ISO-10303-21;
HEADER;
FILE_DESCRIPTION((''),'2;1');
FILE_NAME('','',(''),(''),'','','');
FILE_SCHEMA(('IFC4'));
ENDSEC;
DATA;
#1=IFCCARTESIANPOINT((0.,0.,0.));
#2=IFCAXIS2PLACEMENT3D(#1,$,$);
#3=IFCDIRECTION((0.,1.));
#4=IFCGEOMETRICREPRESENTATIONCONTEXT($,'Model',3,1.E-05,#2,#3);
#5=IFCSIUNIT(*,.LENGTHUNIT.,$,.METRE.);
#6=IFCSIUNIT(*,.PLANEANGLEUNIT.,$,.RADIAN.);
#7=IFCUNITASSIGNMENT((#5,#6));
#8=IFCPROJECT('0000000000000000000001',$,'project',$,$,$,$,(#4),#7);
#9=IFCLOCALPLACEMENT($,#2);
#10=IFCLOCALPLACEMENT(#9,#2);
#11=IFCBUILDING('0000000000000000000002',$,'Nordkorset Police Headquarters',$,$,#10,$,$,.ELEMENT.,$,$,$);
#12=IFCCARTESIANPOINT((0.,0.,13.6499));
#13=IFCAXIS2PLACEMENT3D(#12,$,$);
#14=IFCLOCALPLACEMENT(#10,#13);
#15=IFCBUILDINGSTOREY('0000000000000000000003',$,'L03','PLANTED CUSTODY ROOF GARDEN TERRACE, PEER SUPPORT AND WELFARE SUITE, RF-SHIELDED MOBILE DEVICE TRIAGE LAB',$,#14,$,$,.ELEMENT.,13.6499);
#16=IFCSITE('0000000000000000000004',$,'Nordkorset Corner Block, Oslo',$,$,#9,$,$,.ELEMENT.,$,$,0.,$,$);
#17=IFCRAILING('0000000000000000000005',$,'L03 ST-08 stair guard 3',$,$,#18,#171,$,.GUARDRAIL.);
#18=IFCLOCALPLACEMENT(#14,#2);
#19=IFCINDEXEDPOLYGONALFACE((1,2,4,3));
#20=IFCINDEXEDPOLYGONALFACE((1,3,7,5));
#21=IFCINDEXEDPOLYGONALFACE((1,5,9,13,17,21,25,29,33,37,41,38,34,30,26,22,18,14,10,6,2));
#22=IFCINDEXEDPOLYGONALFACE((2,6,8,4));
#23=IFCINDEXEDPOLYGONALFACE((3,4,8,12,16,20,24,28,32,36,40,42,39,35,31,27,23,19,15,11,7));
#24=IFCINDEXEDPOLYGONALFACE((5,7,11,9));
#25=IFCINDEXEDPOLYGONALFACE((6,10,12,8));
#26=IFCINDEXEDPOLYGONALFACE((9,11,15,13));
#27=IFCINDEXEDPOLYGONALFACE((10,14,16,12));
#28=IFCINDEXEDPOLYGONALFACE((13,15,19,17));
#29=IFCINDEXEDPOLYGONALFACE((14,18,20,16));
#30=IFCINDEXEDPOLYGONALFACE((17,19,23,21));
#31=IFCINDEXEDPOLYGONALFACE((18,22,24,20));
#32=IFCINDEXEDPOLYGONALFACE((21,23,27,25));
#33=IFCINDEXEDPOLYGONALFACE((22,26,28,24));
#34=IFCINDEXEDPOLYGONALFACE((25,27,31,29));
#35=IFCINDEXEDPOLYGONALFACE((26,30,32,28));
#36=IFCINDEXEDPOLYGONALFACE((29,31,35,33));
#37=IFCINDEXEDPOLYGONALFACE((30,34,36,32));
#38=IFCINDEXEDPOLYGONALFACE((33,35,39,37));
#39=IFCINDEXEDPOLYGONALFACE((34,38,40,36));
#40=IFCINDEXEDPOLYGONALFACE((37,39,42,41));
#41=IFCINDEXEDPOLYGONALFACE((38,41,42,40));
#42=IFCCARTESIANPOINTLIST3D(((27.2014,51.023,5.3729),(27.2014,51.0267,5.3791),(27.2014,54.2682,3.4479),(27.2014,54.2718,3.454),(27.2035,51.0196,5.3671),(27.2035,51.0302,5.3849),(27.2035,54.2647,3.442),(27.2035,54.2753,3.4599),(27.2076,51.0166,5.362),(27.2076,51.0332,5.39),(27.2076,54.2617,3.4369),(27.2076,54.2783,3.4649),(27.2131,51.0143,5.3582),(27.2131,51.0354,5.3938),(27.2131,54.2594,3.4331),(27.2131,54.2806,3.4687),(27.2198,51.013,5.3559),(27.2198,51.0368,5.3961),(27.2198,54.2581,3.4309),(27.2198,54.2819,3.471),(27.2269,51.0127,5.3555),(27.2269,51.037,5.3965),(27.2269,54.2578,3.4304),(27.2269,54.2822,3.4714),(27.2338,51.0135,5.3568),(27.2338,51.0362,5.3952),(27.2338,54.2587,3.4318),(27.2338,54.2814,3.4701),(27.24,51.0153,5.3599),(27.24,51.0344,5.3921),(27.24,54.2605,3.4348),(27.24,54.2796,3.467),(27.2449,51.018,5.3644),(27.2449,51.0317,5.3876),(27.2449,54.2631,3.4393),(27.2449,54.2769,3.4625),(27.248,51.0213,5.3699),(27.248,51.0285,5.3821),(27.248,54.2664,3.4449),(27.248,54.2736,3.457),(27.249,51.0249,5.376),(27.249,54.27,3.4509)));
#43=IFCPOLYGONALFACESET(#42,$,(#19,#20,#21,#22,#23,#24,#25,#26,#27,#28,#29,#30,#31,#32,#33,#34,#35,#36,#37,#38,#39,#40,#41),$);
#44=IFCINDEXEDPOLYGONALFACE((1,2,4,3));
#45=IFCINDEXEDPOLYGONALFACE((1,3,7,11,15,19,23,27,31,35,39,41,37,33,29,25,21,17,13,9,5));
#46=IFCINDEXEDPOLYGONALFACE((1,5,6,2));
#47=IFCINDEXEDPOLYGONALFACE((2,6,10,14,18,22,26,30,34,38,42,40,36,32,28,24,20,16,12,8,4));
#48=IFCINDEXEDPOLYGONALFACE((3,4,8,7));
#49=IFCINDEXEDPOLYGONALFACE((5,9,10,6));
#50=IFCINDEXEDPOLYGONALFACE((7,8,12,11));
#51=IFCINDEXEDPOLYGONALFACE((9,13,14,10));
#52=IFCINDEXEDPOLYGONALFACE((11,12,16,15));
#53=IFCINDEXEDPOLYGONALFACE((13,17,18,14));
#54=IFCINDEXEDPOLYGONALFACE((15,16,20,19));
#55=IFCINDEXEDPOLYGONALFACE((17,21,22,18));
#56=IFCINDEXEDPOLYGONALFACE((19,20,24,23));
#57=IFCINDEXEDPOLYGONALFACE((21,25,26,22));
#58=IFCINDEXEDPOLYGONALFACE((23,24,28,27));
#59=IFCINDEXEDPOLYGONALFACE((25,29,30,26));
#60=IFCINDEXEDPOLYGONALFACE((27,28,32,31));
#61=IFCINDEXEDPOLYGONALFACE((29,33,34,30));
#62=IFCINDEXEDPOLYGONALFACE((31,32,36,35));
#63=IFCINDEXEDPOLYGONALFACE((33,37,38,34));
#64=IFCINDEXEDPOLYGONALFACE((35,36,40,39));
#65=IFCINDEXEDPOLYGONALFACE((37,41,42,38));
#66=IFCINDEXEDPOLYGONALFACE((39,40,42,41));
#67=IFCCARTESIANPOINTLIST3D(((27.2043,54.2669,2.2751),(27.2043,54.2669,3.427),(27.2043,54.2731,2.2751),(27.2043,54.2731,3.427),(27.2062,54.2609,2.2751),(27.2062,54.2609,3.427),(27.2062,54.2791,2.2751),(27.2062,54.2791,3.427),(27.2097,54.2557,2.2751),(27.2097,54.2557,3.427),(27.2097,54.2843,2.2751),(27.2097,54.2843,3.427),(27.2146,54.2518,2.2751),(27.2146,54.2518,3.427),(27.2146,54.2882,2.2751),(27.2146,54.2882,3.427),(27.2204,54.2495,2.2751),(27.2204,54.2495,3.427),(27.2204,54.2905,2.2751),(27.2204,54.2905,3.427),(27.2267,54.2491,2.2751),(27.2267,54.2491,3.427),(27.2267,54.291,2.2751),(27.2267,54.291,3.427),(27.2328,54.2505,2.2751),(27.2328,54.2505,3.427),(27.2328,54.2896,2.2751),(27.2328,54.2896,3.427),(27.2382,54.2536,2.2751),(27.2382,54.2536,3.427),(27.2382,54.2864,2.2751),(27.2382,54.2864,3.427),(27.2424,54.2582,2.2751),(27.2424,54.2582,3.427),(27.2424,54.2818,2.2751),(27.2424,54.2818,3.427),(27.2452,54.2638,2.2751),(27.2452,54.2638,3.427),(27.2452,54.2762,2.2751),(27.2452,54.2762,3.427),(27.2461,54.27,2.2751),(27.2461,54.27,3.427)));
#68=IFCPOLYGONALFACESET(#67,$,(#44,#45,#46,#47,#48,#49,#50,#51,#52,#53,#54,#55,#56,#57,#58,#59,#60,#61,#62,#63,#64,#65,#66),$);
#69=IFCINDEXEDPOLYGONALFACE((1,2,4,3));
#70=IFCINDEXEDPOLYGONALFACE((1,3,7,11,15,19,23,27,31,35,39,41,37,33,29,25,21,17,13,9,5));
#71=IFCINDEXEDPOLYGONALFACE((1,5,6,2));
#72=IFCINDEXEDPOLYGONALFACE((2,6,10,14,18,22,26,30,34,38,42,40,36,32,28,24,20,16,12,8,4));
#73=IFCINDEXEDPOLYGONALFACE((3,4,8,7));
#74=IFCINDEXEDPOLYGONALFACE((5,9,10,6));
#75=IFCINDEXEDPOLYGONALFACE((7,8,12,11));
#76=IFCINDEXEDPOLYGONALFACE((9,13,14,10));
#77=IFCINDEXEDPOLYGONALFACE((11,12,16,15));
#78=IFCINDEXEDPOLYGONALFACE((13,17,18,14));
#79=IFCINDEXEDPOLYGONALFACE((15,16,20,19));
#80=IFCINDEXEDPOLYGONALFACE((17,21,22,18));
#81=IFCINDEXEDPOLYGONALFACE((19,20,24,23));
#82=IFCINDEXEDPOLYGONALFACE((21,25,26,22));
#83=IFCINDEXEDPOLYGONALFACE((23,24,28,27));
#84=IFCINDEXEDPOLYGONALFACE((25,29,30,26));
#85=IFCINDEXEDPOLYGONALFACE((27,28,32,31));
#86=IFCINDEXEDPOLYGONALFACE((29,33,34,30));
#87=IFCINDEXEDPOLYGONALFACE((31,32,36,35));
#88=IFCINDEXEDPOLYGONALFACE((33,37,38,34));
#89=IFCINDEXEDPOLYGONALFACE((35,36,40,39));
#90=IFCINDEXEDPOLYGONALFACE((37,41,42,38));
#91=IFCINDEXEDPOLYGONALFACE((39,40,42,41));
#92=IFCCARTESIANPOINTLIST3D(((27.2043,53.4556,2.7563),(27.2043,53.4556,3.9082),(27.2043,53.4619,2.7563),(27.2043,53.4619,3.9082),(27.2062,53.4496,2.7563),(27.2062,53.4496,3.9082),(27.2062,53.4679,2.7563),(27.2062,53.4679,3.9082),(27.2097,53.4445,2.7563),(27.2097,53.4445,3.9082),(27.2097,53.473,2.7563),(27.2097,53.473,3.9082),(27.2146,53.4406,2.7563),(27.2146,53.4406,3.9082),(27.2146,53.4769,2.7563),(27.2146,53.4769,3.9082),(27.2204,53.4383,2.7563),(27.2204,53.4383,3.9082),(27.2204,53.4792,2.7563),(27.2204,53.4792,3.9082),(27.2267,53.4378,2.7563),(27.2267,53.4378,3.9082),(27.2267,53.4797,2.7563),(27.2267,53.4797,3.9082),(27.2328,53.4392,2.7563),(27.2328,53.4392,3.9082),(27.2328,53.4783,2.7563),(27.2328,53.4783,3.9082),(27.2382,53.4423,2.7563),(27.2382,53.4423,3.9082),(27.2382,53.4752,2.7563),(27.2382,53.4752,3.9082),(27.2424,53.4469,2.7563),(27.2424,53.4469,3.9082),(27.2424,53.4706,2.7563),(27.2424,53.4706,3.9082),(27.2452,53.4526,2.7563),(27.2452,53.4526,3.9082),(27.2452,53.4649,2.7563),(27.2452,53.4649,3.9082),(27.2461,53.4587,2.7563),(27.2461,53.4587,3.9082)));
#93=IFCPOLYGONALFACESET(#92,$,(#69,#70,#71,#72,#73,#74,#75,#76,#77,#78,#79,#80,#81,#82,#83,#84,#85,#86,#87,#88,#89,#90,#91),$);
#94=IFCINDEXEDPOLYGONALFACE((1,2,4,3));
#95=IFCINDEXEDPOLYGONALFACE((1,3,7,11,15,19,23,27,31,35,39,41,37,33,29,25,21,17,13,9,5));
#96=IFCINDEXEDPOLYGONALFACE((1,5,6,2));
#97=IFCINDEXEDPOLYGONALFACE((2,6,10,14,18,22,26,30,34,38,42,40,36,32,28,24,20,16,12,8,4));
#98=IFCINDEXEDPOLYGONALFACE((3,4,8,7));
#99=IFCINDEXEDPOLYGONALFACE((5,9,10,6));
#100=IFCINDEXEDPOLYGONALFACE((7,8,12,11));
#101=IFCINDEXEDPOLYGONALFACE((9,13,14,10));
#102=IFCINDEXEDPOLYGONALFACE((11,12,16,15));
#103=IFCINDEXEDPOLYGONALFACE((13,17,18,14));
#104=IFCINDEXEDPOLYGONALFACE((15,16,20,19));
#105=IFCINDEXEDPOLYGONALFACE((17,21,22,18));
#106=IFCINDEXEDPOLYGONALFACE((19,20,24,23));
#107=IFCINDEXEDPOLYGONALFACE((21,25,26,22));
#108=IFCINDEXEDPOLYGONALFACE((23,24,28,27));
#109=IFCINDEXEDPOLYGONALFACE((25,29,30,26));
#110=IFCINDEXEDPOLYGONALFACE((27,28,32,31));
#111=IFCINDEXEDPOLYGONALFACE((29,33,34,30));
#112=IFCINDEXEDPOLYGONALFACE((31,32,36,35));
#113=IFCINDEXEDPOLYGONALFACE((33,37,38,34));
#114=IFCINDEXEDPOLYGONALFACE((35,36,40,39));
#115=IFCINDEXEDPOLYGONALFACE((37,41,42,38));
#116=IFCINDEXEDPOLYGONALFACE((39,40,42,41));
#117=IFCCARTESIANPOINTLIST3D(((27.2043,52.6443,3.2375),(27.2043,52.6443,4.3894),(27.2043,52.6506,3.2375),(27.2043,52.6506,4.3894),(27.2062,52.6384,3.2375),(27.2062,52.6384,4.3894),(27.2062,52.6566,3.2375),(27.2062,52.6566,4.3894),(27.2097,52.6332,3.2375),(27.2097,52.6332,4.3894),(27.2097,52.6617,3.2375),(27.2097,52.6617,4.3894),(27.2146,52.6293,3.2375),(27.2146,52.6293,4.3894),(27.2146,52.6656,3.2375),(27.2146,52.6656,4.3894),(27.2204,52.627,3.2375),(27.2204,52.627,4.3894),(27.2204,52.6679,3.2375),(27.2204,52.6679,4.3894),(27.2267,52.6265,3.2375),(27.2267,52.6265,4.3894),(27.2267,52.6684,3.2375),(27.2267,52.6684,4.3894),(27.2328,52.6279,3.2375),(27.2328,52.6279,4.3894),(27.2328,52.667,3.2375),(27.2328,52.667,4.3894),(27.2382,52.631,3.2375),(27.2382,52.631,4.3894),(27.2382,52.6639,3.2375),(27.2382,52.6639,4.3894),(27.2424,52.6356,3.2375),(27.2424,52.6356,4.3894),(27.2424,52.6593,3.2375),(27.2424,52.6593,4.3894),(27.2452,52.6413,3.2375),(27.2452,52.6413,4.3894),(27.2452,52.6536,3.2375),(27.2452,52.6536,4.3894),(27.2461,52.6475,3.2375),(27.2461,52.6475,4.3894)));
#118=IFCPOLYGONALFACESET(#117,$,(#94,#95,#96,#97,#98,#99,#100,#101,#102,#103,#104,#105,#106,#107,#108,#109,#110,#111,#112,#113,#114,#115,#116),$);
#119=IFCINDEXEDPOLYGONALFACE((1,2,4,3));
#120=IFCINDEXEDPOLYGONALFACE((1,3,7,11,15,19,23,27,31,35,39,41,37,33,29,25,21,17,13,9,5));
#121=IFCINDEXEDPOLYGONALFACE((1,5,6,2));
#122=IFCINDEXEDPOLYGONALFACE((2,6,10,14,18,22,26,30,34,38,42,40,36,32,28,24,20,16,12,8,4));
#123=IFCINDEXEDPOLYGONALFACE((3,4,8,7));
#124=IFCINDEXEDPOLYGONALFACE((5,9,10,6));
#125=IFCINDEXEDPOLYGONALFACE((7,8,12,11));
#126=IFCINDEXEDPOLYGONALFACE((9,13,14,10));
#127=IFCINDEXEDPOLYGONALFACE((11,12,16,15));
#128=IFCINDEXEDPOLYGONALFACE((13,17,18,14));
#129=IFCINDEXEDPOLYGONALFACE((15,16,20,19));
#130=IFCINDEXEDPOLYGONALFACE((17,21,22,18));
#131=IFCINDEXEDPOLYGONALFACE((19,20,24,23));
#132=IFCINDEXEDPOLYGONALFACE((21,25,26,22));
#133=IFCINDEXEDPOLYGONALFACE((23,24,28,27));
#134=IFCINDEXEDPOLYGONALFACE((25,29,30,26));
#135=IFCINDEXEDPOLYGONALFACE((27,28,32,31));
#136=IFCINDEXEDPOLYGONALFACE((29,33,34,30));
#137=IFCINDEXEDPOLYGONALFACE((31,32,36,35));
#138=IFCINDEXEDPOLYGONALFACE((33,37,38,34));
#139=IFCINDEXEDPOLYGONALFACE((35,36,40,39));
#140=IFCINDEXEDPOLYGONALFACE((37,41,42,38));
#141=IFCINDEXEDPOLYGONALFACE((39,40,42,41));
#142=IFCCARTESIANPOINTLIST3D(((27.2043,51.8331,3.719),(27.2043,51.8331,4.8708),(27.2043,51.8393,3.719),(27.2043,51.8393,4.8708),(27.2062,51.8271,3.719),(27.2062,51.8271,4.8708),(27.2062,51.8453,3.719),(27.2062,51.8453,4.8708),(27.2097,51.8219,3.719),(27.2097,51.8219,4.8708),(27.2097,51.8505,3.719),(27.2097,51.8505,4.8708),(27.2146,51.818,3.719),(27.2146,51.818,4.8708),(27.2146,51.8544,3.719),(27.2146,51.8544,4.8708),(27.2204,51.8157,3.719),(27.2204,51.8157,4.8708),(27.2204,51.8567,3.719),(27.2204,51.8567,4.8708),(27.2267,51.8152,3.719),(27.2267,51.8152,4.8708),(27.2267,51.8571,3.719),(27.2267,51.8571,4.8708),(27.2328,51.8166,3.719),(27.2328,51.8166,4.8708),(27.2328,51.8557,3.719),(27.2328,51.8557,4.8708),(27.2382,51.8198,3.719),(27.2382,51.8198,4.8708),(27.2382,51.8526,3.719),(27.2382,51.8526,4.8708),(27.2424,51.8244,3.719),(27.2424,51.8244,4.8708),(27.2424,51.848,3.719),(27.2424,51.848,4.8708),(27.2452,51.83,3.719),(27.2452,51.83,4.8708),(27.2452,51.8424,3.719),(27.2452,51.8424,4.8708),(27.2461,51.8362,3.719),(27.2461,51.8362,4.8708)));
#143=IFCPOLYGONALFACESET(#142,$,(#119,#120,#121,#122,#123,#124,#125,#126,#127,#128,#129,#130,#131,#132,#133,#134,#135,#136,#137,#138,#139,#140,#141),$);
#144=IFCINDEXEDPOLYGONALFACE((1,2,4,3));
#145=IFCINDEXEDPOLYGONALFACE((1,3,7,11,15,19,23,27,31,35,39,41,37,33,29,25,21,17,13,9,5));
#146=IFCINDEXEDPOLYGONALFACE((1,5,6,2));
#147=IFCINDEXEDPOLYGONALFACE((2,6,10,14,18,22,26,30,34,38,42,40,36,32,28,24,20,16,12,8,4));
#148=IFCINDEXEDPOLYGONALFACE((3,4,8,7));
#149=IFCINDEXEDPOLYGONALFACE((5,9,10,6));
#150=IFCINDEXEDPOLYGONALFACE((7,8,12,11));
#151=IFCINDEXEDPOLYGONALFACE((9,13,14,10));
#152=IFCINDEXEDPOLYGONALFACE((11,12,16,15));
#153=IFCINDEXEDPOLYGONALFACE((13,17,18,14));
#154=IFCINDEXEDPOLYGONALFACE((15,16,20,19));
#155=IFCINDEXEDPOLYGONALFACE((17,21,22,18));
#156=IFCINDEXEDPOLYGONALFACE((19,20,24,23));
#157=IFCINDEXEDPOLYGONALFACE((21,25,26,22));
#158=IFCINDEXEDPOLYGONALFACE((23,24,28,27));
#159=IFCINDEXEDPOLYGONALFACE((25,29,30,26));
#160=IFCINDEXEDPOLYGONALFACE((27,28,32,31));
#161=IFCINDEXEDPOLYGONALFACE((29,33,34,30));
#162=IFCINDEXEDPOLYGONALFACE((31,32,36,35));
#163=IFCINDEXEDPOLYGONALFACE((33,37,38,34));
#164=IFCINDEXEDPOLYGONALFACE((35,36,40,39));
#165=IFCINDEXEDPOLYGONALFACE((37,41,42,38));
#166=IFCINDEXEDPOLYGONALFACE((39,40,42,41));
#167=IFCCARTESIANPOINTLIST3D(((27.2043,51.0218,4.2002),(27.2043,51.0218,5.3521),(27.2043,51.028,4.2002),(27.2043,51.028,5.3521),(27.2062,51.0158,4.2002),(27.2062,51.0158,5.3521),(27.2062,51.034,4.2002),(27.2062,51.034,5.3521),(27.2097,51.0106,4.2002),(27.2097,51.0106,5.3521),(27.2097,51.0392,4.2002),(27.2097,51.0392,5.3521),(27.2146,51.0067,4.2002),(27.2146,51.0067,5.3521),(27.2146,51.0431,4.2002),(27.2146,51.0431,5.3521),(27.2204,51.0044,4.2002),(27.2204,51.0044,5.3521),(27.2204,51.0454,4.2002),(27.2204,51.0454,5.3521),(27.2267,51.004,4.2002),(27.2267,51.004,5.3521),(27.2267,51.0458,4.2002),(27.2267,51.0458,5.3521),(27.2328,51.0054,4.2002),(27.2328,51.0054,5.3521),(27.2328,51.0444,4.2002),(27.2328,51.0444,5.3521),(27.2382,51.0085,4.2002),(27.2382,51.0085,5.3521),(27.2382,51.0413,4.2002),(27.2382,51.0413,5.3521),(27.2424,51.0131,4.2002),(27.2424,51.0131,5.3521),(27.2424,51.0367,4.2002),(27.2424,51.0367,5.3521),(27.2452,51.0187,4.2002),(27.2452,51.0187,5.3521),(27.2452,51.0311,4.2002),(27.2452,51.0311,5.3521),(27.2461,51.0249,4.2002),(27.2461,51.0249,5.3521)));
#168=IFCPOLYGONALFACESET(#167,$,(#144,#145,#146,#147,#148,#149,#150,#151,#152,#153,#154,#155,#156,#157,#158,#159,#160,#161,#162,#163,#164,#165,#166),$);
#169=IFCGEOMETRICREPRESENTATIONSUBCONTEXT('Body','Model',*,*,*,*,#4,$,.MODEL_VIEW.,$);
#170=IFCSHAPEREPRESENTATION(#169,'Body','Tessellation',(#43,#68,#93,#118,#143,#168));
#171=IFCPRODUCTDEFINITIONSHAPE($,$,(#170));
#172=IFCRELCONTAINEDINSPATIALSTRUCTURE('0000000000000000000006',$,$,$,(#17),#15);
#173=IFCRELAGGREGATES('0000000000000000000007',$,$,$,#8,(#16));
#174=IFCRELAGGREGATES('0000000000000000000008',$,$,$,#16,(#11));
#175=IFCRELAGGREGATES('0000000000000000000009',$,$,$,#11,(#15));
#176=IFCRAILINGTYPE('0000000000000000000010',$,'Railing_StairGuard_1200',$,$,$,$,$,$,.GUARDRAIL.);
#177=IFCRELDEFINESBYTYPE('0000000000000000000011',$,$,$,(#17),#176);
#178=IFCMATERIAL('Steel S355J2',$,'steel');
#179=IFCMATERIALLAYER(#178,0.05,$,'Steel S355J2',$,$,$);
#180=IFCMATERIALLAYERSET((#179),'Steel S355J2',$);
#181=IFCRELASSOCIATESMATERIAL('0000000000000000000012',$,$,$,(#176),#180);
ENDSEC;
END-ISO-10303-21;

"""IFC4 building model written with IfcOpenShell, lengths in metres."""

from ifc_helpers import new_model, si_unit, direction, frame, origin, origin_2d, place, context, subcontext, project, spatial, circle, extrude, material, layer, layer_set, type_object, element, save


model = new_model("IFC4")

# Units and contexts
model_context = context("Model", 3, precision=1e-05, world=origin(), true_north=direction((0.0, 1.0)))
body_context = subcontext(model_context, "Body", "Model", "MODEL_VIEW")
ifc_project = project(units=[si_unit("LENGTHUNIT", "METRE"), si_unit("PLANEANGLEUNIT", "RADIAN")], contexts=[model_context])

# Site, building, storey
site_placement = place(None, origin())
site = spatial("IfcSite", under=ifc_project, at=site_placement, Name="Nordkorset Corner Block, Oslo", CompositionType="ELEMENT", RefElevation=0.0)
building_placement = place(site_placement, origin())
building = spatial("IfcBuilding", under=site, at=building_placement, Name="Nordkorset Police Headquarters", CompositionType="ELEMENT")
storey_placement = place(building_placement, frame((0.0, 0.0, 13.6499)))
storey = spatial("IfcBuildingStorey", under=building, at=storey_placement, Name="L03", Description="PLANTED CUSTODY ROOF GARDEN TERRACE, PEER SUPPORT AND WELFARE SUITE, RF-SHIELDED MOBILE DEVICE TRIAGE LAB", CompositionType="ELEMENT", Elevation=13.6499)

# Railing
ifc_material_1 = material(Name="Steel S355J2", Category="steel")
ifc_layer_1 = layer(ifc_material_1, 0.05, Name="Steel S355J2")
ifc_layer_set_1 = layer_set([ifc_layer_1], Name="Steel S355J2")
railing_type_1 = type_object("IfcRailingType", Name="Railing_StairGuard_1200", PredefinedType="GUARDRAIL", material=ifc_layer_set_1)
railing_1_placement = place(storey_placement, frame((27.2251, 54.27, 2.2751)))
element("IfcRailing", 1, at=railing_1_placement, inside=storey, type_object=railing_type_1, Name="L03 ST-08 stair guard 3", PredefinedType="GUARDRAIL", context=body_context, shape_type="SweptSolid", body=[
    extrude(circle(Radius=0.0239, at=origin_2d()), frame((0.0, 0.0, 1.1758), z_axis=(0.0, -0.860057, 0.510198), x_axis=(1.0, 0.0, 0.0)), (0.0, 0.0, 1.0), 3.7732),
    extrude(circle(Radius=0.021, at=origin_2d()), origin(), (0.0, 0.0, 1.0), 1.1519),
    extrude(circle(Radius=0.021, at=origin_2d()), frame((0.0, -0.8113, 0.4812)), (0.0, 0.0, 1.0), 1.1519),
    extrude(circle(Radius=0.021, at=origin_2d()), frame((0.0, -1.6226, 0.9624)), (0.0, 0.0, 1.0), 1.1519),
    extrude(circle(Radius=0.021, at=origin_2d()), frame((0.0, -2.4338, 1.4438)), (0.0, 0.0, 1.0), 1.1519),
    extrude(circle(Radius=0.021, at=origin_2d()), frame((0.0, -3.2451, 1.925)), (0.0, 0.0, 1.0), 1.1519),
])

save(model, "model.ifc")
